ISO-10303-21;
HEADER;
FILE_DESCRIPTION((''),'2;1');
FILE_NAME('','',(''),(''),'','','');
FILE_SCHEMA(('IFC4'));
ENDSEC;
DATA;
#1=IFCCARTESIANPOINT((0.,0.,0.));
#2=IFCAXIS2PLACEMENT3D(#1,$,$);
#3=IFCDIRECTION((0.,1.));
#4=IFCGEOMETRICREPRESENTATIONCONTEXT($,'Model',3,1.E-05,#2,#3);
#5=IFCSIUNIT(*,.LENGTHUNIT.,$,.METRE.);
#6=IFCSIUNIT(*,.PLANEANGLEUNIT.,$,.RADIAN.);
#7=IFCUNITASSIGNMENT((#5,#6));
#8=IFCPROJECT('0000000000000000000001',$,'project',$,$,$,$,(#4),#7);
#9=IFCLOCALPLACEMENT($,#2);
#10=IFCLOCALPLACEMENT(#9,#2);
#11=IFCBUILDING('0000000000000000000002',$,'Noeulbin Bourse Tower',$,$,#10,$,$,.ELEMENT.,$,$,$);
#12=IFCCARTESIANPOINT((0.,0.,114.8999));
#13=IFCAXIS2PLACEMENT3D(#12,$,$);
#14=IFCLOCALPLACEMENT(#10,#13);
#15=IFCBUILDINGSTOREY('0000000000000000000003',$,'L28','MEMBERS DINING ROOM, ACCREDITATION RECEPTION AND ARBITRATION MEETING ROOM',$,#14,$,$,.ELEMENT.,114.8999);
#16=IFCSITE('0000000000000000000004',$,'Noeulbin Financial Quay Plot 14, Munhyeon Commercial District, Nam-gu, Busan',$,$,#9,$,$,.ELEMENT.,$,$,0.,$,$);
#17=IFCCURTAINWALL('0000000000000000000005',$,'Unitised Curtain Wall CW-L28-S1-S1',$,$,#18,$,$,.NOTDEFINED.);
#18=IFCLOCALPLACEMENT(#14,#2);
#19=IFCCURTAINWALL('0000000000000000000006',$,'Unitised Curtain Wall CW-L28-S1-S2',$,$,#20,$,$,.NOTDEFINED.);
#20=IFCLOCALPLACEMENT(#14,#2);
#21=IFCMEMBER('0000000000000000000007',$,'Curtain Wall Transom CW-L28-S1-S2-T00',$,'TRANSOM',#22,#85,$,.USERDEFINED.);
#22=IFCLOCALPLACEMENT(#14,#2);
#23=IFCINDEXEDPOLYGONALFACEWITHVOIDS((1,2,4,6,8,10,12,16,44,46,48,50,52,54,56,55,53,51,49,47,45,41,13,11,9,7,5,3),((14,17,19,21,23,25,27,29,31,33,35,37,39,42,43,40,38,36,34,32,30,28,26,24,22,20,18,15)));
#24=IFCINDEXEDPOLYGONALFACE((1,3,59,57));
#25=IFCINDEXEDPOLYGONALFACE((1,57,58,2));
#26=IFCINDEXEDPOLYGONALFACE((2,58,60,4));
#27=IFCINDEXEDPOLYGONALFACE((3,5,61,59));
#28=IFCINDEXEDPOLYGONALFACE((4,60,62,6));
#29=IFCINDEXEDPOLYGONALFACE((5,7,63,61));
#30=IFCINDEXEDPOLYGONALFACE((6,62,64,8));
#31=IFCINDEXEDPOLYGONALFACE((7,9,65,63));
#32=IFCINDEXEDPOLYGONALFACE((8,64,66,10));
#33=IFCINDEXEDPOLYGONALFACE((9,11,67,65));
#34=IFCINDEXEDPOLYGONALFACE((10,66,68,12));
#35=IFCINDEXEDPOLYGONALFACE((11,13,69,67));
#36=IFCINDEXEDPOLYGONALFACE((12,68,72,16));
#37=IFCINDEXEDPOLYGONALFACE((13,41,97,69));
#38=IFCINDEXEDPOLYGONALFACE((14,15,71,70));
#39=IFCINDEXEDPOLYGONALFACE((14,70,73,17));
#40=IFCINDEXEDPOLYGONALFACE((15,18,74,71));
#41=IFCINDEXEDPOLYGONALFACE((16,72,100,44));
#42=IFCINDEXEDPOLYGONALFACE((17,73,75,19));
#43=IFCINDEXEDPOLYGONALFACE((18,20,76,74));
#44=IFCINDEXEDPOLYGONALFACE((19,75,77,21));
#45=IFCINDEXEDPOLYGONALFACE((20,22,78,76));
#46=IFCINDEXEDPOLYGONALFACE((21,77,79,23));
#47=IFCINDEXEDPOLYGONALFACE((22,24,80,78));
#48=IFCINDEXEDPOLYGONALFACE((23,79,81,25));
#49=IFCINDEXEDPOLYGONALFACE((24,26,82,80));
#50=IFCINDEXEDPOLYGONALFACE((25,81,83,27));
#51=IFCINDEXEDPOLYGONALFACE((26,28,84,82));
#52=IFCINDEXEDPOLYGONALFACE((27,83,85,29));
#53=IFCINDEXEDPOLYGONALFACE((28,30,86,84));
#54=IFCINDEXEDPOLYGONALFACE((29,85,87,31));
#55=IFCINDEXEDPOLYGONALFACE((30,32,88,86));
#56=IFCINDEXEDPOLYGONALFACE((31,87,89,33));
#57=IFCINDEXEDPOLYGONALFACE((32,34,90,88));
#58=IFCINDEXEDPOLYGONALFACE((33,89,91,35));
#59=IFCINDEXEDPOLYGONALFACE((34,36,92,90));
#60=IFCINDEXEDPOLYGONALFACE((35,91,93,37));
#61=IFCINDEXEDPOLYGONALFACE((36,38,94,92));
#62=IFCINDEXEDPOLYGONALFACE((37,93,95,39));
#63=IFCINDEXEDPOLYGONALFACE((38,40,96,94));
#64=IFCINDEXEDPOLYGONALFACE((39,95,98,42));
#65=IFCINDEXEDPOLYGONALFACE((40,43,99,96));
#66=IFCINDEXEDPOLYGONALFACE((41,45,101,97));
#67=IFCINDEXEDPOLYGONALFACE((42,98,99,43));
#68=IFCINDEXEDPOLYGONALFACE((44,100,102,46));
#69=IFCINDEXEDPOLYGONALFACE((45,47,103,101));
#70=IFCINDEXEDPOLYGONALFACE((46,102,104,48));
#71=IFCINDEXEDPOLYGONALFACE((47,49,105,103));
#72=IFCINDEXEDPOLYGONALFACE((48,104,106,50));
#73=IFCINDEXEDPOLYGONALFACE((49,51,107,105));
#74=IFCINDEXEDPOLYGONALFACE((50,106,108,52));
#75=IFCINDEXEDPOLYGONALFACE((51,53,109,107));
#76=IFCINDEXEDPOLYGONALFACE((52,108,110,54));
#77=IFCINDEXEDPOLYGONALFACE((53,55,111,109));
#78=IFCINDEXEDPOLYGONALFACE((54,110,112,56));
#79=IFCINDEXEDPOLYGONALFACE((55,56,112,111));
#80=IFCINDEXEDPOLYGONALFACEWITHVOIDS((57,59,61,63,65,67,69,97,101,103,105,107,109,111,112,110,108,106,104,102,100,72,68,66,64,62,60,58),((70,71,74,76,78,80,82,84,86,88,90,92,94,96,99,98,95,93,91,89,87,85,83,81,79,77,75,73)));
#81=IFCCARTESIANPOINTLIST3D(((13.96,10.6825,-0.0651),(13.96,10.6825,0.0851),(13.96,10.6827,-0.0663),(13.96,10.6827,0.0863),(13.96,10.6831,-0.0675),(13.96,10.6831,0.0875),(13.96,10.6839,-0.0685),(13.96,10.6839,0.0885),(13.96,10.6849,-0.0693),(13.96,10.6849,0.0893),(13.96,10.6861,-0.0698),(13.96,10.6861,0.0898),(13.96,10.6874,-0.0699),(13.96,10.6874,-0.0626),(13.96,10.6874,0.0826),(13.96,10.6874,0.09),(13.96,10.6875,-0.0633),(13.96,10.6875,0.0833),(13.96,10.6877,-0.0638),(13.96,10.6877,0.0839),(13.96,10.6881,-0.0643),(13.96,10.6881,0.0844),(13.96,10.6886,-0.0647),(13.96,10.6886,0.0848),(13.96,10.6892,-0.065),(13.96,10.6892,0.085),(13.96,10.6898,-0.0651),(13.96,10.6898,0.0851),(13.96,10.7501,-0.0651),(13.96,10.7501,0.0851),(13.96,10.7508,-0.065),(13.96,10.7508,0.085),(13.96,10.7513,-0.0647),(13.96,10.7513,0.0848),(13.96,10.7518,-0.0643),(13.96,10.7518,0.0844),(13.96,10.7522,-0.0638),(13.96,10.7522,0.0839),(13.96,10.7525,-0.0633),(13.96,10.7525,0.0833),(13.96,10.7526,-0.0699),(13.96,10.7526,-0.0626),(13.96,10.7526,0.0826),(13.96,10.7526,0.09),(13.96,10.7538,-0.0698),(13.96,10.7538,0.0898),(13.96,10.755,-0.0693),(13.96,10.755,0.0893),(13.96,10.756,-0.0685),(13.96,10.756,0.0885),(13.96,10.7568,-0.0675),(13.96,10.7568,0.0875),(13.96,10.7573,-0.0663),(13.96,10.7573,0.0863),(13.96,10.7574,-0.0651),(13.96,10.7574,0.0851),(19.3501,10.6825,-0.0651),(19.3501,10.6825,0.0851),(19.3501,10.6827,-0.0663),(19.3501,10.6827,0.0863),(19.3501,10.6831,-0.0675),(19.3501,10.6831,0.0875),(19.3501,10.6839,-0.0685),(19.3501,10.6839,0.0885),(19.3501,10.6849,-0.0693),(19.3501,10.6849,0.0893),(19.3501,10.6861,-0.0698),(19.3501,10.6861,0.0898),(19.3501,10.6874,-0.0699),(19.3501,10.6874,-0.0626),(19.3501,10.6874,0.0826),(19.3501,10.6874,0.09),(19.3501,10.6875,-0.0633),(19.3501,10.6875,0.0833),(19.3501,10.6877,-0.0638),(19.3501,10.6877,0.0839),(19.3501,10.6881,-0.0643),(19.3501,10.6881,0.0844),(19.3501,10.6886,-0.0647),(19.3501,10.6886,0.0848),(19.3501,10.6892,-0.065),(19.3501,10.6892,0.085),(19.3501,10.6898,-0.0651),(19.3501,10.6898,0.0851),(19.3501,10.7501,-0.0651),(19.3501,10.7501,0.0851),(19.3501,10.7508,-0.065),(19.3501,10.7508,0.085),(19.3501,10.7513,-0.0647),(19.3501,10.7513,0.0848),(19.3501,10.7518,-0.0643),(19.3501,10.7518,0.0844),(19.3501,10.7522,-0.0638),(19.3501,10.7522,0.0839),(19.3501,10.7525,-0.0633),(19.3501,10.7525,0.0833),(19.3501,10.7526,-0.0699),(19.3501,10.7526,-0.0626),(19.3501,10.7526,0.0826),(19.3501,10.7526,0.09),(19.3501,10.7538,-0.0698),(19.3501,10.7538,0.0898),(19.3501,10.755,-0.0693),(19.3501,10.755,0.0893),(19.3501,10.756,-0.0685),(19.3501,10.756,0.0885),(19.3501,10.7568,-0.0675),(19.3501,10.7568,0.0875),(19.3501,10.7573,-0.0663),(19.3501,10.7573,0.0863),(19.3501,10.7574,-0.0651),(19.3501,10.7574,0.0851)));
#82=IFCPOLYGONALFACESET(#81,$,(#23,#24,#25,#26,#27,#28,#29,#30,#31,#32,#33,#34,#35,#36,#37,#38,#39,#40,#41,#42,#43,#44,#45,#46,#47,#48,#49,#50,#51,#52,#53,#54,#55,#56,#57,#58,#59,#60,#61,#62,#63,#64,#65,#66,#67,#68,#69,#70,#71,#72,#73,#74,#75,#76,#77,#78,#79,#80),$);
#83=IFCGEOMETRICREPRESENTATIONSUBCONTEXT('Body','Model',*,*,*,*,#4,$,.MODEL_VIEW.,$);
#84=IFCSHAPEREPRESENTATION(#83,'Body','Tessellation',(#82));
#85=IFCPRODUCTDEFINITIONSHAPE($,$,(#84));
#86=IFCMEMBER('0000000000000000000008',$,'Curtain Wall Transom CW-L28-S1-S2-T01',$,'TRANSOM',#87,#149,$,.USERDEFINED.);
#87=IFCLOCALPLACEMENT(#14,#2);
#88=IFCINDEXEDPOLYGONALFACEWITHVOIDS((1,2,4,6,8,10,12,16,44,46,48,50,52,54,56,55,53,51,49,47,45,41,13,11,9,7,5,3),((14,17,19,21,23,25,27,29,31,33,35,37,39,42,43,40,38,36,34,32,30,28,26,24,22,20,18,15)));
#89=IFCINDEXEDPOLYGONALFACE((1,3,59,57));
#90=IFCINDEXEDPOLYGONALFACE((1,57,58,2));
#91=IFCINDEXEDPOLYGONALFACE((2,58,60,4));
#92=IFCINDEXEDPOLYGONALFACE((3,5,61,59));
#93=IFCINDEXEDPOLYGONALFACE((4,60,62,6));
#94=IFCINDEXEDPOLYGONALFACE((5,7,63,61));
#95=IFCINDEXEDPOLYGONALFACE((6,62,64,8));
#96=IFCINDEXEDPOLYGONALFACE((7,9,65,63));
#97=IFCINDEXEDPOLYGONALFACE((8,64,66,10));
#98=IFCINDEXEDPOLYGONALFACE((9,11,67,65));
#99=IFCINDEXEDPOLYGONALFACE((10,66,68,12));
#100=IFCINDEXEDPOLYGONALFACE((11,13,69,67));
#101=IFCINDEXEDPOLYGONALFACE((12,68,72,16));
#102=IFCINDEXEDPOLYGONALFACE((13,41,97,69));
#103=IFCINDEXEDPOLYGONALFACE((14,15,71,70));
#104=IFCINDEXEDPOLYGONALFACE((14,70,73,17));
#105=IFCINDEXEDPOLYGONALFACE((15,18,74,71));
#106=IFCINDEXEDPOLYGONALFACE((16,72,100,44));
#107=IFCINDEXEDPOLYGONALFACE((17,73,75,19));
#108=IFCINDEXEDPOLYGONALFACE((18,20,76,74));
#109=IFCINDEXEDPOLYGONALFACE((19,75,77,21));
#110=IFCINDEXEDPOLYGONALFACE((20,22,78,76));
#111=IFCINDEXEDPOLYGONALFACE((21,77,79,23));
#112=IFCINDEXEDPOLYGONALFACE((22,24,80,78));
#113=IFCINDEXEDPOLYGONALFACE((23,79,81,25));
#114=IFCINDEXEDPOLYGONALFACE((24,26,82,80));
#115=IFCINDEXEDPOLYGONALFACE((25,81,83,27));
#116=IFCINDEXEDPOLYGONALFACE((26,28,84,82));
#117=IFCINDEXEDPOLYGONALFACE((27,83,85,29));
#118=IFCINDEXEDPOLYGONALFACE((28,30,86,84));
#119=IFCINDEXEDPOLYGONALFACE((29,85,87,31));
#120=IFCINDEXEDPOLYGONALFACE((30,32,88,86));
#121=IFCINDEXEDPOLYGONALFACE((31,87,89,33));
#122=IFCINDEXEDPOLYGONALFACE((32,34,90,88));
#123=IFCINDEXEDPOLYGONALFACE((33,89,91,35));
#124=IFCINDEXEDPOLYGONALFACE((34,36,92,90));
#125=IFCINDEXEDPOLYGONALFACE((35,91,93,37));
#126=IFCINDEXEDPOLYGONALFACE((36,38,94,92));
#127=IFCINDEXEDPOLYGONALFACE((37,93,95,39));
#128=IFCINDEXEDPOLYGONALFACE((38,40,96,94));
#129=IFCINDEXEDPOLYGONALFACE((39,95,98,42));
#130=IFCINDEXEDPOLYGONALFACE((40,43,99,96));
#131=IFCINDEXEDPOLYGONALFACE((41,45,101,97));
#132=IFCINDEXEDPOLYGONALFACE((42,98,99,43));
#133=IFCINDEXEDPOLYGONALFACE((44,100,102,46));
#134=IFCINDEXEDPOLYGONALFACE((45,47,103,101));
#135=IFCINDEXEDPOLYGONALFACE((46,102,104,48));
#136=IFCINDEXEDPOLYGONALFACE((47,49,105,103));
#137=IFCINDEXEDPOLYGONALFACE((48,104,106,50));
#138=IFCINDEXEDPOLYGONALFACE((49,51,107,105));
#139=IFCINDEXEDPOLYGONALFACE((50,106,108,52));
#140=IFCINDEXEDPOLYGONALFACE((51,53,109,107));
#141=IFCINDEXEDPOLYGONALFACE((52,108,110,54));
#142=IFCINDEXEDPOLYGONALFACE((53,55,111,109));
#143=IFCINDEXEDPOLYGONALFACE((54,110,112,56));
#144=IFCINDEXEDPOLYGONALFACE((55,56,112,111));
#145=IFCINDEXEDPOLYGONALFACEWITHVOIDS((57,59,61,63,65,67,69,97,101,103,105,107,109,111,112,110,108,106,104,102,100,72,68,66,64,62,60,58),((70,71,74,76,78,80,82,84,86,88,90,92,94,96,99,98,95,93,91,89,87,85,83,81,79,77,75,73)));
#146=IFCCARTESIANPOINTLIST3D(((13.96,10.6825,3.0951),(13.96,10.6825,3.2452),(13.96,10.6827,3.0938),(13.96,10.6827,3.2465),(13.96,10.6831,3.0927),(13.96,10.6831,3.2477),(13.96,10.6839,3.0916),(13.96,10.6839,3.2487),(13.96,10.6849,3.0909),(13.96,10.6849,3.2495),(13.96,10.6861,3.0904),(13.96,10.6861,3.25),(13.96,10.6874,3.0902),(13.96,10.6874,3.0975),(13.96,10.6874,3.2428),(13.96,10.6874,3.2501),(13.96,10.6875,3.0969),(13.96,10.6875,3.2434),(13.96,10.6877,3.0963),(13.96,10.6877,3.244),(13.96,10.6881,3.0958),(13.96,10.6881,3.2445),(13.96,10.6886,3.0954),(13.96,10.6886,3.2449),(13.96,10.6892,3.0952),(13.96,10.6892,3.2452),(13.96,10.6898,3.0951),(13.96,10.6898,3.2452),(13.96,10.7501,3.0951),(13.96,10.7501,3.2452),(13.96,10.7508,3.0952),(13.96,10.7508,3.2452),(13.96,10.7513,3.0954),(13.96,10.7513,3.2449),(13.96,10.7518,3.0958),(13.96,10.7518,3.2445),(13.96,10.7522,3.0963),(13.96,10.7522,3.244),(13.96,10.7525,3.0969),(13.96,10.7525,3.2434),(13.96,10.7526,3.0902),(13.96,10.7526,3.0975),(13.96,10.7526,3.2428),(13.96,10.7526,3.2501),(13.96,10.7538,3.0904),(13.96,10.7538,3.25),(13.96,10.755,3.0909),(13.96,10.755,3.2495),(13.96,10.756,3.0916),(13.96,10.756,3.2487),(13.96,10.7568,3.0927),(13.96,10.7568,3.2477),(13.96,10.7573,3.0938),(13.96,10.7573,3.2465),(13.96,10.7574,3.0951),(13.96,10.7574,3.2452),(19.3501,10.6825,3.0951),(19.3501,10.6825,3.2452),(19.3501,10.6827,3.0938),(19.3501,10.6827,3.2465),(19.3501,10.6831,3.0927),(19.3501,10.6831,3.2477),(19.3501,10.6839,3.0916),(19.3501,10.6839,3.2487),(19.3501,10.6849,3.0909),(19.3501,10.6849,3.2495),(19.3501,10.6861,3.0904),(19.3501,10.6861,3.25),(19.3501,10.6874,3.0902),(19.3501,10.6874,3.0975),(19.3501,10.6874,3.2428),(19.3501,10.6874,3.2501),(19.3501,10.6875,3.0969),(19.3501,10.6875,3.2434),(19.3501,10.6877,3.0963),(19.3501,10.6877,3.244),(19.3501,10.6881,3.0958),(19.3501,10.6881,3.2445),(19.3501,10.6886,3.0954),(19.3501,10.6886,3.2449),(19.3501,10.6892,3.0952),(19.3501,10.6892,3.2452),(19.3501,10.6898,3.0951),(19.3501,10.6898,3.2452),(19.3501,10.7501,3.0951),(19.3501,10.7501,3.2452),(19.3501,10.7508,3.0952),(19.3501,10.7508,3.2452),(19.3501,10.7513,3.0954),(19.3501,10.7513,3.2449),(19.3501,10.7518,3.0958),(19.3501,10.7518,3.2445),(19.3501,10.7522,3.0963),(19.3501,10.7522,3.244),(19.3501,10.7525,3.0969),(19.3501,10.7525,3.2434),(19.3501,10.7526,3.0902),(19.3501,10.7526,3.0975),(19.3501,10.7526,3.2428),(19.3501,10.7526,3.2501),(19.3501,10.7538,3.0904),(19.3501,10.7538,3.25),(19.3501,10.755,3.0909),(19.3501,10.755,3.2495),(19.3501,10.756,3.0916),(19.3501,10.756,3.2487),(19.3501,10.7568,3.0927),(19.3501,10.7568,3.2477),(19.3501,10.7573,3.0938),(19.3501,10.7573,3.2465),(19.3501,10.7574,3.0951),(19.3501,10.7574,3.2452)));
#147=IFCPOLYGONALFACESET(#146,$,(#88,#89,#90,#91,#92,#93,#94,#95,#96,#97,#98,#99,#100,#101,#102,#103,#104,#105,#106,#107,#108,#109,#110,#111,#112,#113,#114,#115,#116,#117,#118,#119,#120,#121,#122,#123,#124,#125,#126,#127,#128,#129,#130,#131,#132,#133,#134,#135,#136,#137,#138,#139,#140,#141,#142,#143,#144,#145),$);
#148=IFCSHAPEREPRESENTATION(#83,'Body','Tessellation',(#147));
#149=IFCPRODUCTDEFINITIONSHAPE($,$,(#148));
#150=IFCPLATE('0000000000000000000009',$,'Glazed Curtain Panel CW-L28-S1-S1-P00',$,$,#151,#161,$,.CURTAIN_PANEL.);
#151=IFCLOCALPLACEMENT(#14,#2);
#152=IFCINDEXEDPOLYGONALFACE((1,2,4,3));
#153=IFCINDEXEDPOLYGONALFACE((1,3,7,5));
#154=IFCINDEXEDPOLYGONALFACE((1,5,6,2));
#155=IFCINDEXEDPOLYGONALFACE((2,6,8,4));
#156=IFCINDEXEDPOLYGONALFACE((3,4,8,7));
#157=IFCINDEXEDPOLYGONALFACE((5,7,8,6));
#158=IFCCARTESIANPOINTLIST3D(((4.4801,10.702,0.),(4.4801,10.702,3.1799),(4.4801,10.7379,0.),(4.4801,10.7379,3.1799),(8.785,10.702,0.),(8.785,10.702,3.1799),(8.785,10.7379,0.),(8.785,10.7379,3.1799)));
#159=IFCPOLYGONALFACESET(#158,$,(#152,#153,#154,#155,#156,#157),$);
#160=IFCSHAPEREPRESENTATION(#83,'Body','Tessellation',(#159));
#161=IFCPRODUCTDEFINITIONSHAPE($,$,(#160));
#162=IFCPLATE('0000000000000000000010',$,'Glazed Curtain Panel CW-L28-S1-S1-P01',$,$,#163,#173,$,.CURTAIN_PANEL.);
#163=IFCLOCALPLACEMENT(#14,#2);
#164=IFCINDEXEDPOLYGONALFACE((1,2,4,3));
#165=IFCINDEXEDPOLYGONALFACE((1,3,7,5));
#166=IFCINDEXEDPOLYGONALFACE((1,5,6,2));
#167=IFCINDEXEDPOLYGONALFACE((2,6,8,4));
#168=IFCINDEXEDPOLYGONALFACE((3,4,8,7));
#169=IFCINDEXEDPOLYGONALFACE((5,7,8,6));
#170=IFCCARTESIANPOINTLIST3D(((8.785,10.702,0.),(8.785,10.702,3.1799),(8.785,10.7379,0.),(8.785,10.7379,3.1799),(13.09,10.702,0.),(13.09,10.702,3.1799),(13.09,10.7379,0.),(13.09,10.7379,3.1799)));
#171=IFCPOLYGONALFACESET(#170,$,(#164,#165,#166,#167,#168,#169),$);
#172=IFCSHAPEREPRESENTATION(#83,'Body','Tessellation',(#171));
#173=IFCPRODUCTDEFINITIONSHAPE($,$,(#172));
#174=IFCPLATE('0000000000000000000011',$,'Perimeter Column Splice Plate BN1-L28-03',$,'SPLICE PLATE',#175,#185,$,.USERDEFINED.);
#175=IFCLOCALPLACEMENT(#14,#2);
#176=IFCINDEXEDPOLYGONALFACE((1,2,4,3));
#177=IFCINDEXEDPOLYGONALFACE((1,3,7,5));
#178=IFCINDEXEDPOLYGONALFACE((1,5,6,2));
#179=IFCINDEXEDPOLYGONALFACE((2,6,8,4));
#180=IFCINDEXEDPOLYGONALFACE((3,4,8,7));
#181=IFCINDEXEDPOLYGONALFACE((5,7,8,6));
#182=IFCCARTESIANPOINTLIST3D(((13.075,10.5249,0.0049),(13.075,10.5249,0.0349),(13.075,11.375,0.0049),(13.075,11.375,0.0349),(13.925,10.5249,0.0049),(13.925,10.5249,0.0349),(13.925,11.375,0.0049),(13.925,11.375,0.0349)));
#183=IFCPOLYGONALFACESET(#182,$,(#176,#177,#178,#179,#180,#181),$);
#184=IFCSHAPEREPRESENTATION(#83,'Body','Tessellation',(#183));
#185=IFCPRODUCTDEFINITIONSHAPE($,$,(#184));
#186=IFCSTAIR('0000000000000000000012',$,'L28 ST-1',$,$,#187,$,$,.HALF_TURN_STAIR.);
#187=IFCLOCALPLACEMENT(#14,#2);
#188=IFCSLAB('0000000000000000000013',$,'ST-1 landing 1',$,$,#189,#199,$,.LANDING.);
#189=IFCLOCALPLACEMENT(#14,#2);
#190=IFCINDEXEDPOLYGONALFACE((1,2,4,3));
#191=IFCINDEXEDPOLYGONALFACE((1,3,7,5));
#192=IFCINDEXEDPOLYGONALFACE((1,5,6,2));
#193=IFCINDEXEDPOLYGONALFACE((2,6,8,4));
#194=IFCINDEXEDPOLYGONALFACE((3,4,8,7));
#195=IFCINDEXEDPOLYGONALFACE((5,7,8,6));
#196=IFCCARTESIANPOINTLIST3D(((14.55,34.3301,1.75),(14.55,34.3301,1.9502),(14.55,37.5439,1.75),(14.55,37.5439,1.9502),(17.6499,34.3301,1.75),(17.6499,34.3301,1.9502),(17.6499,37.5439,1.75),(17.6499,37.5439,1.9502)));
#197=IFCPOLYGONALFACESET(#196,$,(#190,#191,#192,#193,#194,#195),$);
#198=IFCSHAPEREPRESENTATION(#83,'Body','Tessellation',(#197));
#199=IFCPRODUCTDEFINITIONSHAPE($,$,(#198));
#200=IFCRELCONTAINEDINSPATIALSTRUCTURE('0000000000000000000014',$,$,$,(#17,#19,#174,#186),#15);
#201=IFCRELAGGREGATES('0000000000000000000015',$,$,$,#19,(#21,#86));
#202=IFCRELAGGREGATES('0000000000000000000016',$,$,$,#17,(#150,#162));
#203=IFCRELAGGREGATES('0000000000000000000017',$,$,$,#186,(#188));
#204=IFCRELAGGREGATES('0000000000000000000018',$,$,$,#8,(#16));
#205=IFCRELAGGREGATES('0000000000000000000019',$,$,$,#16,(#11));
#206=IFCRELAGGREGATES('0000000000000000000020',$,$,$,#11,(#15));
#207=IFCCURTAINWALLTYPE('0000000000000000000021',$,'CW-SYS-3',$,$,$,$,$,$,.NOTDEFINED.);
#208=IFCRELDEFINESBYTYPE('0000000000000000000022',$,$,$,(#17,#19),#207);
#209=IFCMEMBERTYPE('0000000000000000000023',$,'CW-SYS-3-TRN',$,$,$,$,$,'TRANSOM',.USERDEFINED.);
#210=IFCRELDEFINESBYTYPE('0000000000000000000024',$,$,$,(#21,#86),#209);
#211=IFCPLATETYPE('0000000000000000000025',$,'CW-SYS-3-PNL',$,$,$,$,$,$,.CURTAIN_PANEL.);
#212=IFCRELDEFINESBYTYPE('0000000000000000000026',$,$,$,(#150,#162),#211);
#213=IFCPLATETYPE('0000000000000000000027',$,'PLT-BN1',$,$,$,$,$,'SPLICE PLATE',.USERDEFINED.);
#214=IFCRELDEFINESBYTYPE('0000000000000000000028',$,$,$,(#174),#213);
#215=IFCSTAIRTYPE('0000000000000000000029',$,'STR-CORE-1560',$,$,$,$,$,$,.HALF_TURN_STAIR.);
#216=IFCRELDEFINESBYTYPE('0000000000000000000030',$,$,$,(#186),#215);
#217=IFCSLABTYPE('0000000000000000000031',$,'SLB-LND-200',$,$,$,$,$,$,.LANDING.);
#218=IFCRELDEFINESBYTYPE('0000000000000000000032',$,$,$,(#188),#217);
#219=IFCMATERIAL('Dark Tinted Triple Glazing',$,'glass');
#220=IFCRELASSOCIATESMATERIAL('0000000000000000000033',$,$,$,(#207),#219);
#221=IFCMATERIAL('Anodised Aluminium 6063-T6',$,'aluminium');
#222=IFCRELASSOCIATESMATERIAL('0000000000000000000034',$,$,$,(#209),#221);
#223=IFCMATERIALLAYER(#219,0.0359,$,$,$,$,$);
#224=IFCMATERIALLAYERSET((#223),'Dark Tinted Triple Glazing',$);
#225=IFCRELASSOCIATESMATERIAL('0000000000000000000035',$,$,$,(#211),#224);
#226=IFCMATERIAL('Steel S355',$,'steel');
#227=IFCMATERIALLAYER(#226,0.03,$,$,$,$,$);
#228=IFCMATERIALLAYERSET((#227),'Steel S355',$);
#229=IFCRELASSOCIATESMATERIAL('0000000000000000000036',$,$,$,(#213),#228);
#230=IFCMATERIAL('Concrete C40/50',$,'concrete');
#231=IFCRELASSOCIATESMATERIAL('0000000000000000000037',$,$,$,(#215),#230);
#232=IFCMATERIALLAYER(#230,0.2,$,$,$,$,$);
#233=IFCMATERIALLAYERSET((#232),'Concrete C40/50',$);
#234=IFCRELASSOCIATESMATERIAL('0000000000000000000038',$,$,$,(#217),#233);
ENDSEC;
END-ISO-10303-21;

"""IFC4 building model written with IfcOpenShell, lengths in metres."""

from ifc_helpers import new_model, si_unit, direction, frame, origin, origin_2d, place, context, subcontext, project, spatial, polyline, rectangle, hollow_rectangle, outline, extrude, material, layer, layer_set, material_profile, profile_set, type_object, element, aggregate, save


model = new_model("IFC4")

# Units and contexts
model_context = context("Model", 3, precision=1e-05, world=origin(), true_north=direction((0.0, 1.0)))
body_context = subcontext(model_context, "Body", "Model", "MODEL_VIEW")
ifc_project = project(units=[si_unit("LENGTHUNIT", "METRE"), si_unit("PLANEANGLEUNIT", "RADIAN")], contexts=[model_context])

# Site, building, storey
site_placement = place(None, origin())
site = spatial("IfcSite", under=ifc_project, at=site_placement, Name="Noeulbin Financial Quay Plot 14, Munhyeon Commercial District, Nam-gu, Busan", CompositionType="ELEMENT", RefElevation=0.0)
building_placement = place(site_placement, origin())
building = spatial("IfcBuilding", under=site, at=building_placement, Name="Noeulbin Bourse Tower", CompositionType="ELEMENT")
storey_placement = place(building_placement, frame((0.0, 0.0, 114.8999)))
storey = spatial("IfcBuildingStorey", under=building, at=storey_placement, Name="L28", Description="MEMBERS DINING ROOM, ACCREDITATION RECEPTION AND ARBITRATION MEETING ROOM", CompositionType="ELEMENT", Elevation=114.8999)

# Shared definitions
ifc_material_1 = material(Name="Steel S355", Category="steel")

# Curtain wall
ifc_material_2 = material(Name="Dark Tinted Triple Glazing", Category="glass")
curtain_wall_type = type_object("IfcCurtainWallType", Name="CW-SYS-3", PredefinedType="NOTDEFINED", material=ifc_material_2)
curtain_wall_1_placement = place(storey_placement, origin())
curtain_wall_1 = element("IfcCurtainWall", 1, at=curtain_wall_1_placement, inside=storey, type_object=curtain_wall_type, Name="Unitised Curtain Wall CW-L28-S1-S1", PredefinedType="NOTDEFINED")
ifc_material_3 = material(Name="Anodised Aluminium 6063-T6", Category="aluminium")

# Curtain wall
curtain_wall_2_placement = place(storey_placement, origin())
curtain_wall_2 = element("IfcCurtainWall", 2, at=curtain_wall_2_placement, inside=storey, type_object=curtain_wall_type, Name="Unitised Curtain Wall CW-L28-S1-S2", PredefinedType="NOTDEFINED")

# Members
ifc_material_profile_1 = material_profile(ifc_material_3, hollow_rectangle(XDim=0.075, YDim=0.1599, WallThickness=0.0049, InnerFilletRadius=0.0024, OuterFilletRadius=0.0049, at=origin_2d()), Name="ALU-TRAN-75x160x5", Category="LoadBearing")
ifc_profile_set_1 = profile_set([ifc_material_profile_1], Name="Anodised Aluminium 6063-T6")
member_type_1 = type_object("IfcMemberType", Name="CW-SYS-3-TRN", ElementType="TRANSOM", PredefinedType="USERDEFINED", material=ifc_profile_set_1)
member_1_placement = place(storey_placement, frame((13.96, 10.72, 0.01), z_axis=(1.0, 0.0, 0.0), x_axis=(0.0, 1.0, 0.0)))
member_1 = element("IfcMember", 3, at=member_1_placement, type_object=member_type_1, Name="Curtain Wall Transom CW-L28-S1-S2-T00", ObjectType="TRANSOM", PredefinedType="USERDEFINED", context=body_context, shape_type="SweptSolid", body=[
    extrude(hollow_rectangle(XDim=0.075, YDim=0.1599, WallThickness=0.0049, InnerFilletRadius=0.0024, OuterFilletRadius=0.0049, at=origin_2d()), origin(), (0.0, 0.0, 1.0), 5.3901),
])
member_2_placement = place(storey_placement, frame((13.96, 10.72, 3.1702), z_axis=(1.0, 0.0, 0.0), x_axis=(0.0, 1.0, 0.0)))
member_2 = element("IfcMember", 4, at=member_2_placement, type_object=member_type_1, Name="Curtain Wall Transom CW-L28-S1-S2-T01", ObjectType="TRANSOM", PredefinedType="USERDEFINED", context=body_context, shape_type="SweptSolid", body=[
    extrude(hollow_rectangle(XDim=0.075, YDim=0.1599, WallThickness=0.0049, InnerFilletRadius=0.0024, OuterFilletRadius=0.0049, at=origin_2d()), origin(), (0.0, 0.0, 1.0), 5.3901),
])
aggregate(curtain_wall_2, [member_1, member_2])

# Plates
ifc_layer_1 = layer(ifc_material_2, 0.0359)
ifc_layer_set_1 = layer_set([ifc_layer_1], Name="Dark Tinted Triple Glazing")
plate_type_1 = type_object("IfcPlateType", Name="CW-SYS-3-PNL", PredefinedType="CURTAIN_PANEL", material=ifc_layer_set_1)
plate_1_placement = place(storey_placement, frame((6.6326, 10.72, 0.0), z_axis=(0.0, 0.0, 1.0), x_axis=(1.0, 0.0, 0.0)))
plate_1 = element("IfcPlate", 5, at=plate_1_placement, type_object=plate_type_1, Name="Glazed Curtain Panel CW-L28-S1-S1-P00", PredefinedType="CURTAIN_PANEL", context=body_context, shape_type="SweptSolid", body=[
    extrude(rectangle(XDim=4.3049, YDim=0.0359, at=origin_2d()), origin(), (0.0, 0.0, 1.0), 3.1799),
])
plate_2_placement = place(storey_placement, frame((10.9375, 10.72, 0.0), z_axis=(0.0, 0.0, 1.0), x_axis=(1.0, 0.0, 0.0)))
plate_2 = element("IfcPlate", 6, at=plate_2_placement, type_object=plate_type_1, Name="Glazed Curtain Panel CW-L28-S1-S1-P01", PredefinedType="CURTAIN_PANEL", context=body_context, shape_type="SweptSolid", body=[
    extrude(rectangle(XDim=4.3049, YDim=0.0359, at=origin_2d()), origin(), (0.0, 0.0, 1.0), 3.1799),
])
aggregate(curtain_wall_1, [plate_1, plate_2])
ifc_layer_2 = layer(ifc_material_1, 0.03)
ifc_layer_set_2 = layer_set([ifc_layer_2], Name="Steel S355")
plate_type_2 = type_object("IfcPlateType", Name="PLT-BN1", ElementType="SPLICE PLATE", PredefinedType="USERDEFINED", material=ifc_layer_set_2)
plate_3_placement = place(storey_placement, frame((13.5, 10.95, 0.0049), z_axis=(0.0, 0.0, 1.0), x_axis=(1.0, 0.0, 0.0)))
element("IfcPlate", 7, at=plate_3_placement, inside=storey, type_object=plate_type_2, Name="Perimeter Column Splice Plate BN1-L28-03", ObjectType="SPLICE PLATE", PredefinedType="USERDEFINED", context=body_context, shape_type="SweptSolid", body=[
    extrude(rectangle(XDim=0.8501, YDim=0.8501, at=origin_2d()), origin(), (0.0, 0.0, 1.0), 0.03),
])

# Stair, slab
ifc_material_4 = material(Name="Concrete C40/50", Category="concrete")
stair_type = type_object("IfcStairType", Name="STR-CORE-1560", PredefinedType="HALF_TURN_STAIR", material=ifc_material_4)
stair_1_placement = place(storey_placement, origin())
stair_1 = element("IfcStair", 8, at=stair_1_placement, inside=storey, type_object=stair_type, Name="L28 ST-1", PredefinedType="HALF_TURN_STAIR")
ifc_layer_3 = layer(ifc_material_4, 0.2)
ifc_layer_set_3 = layer_set([ifc_layer_3], Name="Concrete C40/50")
slab_type_1 = type_object("IfcSlabType", Name="SLB-LND-200", PredefinedType="LANDING", material=ifc_layer_set_3)
slab_1_placement = place(storey_placement, frame((0.0, 0.0, 1.75)))
slab_1 = element("IfcSlab", 9, at=slab_1_placement, type_object=slab_type_1, Name="ST-1 landing 1", PredefinedType="LANDING", context=body_context, shape_type="SweptSolid", body=[
    extrude(outline(polyline([(17.6499, 34.3301), (17.6499, 37.5439), (14.55, 37.5439), (14.55, 34.3301), (17.6499, 34.3301)])), origin(), (0.0, 0.0, 1.0), 0.2002),
])
aggregate(stair_1, [slab_1])

save(model, "model.ifc")
